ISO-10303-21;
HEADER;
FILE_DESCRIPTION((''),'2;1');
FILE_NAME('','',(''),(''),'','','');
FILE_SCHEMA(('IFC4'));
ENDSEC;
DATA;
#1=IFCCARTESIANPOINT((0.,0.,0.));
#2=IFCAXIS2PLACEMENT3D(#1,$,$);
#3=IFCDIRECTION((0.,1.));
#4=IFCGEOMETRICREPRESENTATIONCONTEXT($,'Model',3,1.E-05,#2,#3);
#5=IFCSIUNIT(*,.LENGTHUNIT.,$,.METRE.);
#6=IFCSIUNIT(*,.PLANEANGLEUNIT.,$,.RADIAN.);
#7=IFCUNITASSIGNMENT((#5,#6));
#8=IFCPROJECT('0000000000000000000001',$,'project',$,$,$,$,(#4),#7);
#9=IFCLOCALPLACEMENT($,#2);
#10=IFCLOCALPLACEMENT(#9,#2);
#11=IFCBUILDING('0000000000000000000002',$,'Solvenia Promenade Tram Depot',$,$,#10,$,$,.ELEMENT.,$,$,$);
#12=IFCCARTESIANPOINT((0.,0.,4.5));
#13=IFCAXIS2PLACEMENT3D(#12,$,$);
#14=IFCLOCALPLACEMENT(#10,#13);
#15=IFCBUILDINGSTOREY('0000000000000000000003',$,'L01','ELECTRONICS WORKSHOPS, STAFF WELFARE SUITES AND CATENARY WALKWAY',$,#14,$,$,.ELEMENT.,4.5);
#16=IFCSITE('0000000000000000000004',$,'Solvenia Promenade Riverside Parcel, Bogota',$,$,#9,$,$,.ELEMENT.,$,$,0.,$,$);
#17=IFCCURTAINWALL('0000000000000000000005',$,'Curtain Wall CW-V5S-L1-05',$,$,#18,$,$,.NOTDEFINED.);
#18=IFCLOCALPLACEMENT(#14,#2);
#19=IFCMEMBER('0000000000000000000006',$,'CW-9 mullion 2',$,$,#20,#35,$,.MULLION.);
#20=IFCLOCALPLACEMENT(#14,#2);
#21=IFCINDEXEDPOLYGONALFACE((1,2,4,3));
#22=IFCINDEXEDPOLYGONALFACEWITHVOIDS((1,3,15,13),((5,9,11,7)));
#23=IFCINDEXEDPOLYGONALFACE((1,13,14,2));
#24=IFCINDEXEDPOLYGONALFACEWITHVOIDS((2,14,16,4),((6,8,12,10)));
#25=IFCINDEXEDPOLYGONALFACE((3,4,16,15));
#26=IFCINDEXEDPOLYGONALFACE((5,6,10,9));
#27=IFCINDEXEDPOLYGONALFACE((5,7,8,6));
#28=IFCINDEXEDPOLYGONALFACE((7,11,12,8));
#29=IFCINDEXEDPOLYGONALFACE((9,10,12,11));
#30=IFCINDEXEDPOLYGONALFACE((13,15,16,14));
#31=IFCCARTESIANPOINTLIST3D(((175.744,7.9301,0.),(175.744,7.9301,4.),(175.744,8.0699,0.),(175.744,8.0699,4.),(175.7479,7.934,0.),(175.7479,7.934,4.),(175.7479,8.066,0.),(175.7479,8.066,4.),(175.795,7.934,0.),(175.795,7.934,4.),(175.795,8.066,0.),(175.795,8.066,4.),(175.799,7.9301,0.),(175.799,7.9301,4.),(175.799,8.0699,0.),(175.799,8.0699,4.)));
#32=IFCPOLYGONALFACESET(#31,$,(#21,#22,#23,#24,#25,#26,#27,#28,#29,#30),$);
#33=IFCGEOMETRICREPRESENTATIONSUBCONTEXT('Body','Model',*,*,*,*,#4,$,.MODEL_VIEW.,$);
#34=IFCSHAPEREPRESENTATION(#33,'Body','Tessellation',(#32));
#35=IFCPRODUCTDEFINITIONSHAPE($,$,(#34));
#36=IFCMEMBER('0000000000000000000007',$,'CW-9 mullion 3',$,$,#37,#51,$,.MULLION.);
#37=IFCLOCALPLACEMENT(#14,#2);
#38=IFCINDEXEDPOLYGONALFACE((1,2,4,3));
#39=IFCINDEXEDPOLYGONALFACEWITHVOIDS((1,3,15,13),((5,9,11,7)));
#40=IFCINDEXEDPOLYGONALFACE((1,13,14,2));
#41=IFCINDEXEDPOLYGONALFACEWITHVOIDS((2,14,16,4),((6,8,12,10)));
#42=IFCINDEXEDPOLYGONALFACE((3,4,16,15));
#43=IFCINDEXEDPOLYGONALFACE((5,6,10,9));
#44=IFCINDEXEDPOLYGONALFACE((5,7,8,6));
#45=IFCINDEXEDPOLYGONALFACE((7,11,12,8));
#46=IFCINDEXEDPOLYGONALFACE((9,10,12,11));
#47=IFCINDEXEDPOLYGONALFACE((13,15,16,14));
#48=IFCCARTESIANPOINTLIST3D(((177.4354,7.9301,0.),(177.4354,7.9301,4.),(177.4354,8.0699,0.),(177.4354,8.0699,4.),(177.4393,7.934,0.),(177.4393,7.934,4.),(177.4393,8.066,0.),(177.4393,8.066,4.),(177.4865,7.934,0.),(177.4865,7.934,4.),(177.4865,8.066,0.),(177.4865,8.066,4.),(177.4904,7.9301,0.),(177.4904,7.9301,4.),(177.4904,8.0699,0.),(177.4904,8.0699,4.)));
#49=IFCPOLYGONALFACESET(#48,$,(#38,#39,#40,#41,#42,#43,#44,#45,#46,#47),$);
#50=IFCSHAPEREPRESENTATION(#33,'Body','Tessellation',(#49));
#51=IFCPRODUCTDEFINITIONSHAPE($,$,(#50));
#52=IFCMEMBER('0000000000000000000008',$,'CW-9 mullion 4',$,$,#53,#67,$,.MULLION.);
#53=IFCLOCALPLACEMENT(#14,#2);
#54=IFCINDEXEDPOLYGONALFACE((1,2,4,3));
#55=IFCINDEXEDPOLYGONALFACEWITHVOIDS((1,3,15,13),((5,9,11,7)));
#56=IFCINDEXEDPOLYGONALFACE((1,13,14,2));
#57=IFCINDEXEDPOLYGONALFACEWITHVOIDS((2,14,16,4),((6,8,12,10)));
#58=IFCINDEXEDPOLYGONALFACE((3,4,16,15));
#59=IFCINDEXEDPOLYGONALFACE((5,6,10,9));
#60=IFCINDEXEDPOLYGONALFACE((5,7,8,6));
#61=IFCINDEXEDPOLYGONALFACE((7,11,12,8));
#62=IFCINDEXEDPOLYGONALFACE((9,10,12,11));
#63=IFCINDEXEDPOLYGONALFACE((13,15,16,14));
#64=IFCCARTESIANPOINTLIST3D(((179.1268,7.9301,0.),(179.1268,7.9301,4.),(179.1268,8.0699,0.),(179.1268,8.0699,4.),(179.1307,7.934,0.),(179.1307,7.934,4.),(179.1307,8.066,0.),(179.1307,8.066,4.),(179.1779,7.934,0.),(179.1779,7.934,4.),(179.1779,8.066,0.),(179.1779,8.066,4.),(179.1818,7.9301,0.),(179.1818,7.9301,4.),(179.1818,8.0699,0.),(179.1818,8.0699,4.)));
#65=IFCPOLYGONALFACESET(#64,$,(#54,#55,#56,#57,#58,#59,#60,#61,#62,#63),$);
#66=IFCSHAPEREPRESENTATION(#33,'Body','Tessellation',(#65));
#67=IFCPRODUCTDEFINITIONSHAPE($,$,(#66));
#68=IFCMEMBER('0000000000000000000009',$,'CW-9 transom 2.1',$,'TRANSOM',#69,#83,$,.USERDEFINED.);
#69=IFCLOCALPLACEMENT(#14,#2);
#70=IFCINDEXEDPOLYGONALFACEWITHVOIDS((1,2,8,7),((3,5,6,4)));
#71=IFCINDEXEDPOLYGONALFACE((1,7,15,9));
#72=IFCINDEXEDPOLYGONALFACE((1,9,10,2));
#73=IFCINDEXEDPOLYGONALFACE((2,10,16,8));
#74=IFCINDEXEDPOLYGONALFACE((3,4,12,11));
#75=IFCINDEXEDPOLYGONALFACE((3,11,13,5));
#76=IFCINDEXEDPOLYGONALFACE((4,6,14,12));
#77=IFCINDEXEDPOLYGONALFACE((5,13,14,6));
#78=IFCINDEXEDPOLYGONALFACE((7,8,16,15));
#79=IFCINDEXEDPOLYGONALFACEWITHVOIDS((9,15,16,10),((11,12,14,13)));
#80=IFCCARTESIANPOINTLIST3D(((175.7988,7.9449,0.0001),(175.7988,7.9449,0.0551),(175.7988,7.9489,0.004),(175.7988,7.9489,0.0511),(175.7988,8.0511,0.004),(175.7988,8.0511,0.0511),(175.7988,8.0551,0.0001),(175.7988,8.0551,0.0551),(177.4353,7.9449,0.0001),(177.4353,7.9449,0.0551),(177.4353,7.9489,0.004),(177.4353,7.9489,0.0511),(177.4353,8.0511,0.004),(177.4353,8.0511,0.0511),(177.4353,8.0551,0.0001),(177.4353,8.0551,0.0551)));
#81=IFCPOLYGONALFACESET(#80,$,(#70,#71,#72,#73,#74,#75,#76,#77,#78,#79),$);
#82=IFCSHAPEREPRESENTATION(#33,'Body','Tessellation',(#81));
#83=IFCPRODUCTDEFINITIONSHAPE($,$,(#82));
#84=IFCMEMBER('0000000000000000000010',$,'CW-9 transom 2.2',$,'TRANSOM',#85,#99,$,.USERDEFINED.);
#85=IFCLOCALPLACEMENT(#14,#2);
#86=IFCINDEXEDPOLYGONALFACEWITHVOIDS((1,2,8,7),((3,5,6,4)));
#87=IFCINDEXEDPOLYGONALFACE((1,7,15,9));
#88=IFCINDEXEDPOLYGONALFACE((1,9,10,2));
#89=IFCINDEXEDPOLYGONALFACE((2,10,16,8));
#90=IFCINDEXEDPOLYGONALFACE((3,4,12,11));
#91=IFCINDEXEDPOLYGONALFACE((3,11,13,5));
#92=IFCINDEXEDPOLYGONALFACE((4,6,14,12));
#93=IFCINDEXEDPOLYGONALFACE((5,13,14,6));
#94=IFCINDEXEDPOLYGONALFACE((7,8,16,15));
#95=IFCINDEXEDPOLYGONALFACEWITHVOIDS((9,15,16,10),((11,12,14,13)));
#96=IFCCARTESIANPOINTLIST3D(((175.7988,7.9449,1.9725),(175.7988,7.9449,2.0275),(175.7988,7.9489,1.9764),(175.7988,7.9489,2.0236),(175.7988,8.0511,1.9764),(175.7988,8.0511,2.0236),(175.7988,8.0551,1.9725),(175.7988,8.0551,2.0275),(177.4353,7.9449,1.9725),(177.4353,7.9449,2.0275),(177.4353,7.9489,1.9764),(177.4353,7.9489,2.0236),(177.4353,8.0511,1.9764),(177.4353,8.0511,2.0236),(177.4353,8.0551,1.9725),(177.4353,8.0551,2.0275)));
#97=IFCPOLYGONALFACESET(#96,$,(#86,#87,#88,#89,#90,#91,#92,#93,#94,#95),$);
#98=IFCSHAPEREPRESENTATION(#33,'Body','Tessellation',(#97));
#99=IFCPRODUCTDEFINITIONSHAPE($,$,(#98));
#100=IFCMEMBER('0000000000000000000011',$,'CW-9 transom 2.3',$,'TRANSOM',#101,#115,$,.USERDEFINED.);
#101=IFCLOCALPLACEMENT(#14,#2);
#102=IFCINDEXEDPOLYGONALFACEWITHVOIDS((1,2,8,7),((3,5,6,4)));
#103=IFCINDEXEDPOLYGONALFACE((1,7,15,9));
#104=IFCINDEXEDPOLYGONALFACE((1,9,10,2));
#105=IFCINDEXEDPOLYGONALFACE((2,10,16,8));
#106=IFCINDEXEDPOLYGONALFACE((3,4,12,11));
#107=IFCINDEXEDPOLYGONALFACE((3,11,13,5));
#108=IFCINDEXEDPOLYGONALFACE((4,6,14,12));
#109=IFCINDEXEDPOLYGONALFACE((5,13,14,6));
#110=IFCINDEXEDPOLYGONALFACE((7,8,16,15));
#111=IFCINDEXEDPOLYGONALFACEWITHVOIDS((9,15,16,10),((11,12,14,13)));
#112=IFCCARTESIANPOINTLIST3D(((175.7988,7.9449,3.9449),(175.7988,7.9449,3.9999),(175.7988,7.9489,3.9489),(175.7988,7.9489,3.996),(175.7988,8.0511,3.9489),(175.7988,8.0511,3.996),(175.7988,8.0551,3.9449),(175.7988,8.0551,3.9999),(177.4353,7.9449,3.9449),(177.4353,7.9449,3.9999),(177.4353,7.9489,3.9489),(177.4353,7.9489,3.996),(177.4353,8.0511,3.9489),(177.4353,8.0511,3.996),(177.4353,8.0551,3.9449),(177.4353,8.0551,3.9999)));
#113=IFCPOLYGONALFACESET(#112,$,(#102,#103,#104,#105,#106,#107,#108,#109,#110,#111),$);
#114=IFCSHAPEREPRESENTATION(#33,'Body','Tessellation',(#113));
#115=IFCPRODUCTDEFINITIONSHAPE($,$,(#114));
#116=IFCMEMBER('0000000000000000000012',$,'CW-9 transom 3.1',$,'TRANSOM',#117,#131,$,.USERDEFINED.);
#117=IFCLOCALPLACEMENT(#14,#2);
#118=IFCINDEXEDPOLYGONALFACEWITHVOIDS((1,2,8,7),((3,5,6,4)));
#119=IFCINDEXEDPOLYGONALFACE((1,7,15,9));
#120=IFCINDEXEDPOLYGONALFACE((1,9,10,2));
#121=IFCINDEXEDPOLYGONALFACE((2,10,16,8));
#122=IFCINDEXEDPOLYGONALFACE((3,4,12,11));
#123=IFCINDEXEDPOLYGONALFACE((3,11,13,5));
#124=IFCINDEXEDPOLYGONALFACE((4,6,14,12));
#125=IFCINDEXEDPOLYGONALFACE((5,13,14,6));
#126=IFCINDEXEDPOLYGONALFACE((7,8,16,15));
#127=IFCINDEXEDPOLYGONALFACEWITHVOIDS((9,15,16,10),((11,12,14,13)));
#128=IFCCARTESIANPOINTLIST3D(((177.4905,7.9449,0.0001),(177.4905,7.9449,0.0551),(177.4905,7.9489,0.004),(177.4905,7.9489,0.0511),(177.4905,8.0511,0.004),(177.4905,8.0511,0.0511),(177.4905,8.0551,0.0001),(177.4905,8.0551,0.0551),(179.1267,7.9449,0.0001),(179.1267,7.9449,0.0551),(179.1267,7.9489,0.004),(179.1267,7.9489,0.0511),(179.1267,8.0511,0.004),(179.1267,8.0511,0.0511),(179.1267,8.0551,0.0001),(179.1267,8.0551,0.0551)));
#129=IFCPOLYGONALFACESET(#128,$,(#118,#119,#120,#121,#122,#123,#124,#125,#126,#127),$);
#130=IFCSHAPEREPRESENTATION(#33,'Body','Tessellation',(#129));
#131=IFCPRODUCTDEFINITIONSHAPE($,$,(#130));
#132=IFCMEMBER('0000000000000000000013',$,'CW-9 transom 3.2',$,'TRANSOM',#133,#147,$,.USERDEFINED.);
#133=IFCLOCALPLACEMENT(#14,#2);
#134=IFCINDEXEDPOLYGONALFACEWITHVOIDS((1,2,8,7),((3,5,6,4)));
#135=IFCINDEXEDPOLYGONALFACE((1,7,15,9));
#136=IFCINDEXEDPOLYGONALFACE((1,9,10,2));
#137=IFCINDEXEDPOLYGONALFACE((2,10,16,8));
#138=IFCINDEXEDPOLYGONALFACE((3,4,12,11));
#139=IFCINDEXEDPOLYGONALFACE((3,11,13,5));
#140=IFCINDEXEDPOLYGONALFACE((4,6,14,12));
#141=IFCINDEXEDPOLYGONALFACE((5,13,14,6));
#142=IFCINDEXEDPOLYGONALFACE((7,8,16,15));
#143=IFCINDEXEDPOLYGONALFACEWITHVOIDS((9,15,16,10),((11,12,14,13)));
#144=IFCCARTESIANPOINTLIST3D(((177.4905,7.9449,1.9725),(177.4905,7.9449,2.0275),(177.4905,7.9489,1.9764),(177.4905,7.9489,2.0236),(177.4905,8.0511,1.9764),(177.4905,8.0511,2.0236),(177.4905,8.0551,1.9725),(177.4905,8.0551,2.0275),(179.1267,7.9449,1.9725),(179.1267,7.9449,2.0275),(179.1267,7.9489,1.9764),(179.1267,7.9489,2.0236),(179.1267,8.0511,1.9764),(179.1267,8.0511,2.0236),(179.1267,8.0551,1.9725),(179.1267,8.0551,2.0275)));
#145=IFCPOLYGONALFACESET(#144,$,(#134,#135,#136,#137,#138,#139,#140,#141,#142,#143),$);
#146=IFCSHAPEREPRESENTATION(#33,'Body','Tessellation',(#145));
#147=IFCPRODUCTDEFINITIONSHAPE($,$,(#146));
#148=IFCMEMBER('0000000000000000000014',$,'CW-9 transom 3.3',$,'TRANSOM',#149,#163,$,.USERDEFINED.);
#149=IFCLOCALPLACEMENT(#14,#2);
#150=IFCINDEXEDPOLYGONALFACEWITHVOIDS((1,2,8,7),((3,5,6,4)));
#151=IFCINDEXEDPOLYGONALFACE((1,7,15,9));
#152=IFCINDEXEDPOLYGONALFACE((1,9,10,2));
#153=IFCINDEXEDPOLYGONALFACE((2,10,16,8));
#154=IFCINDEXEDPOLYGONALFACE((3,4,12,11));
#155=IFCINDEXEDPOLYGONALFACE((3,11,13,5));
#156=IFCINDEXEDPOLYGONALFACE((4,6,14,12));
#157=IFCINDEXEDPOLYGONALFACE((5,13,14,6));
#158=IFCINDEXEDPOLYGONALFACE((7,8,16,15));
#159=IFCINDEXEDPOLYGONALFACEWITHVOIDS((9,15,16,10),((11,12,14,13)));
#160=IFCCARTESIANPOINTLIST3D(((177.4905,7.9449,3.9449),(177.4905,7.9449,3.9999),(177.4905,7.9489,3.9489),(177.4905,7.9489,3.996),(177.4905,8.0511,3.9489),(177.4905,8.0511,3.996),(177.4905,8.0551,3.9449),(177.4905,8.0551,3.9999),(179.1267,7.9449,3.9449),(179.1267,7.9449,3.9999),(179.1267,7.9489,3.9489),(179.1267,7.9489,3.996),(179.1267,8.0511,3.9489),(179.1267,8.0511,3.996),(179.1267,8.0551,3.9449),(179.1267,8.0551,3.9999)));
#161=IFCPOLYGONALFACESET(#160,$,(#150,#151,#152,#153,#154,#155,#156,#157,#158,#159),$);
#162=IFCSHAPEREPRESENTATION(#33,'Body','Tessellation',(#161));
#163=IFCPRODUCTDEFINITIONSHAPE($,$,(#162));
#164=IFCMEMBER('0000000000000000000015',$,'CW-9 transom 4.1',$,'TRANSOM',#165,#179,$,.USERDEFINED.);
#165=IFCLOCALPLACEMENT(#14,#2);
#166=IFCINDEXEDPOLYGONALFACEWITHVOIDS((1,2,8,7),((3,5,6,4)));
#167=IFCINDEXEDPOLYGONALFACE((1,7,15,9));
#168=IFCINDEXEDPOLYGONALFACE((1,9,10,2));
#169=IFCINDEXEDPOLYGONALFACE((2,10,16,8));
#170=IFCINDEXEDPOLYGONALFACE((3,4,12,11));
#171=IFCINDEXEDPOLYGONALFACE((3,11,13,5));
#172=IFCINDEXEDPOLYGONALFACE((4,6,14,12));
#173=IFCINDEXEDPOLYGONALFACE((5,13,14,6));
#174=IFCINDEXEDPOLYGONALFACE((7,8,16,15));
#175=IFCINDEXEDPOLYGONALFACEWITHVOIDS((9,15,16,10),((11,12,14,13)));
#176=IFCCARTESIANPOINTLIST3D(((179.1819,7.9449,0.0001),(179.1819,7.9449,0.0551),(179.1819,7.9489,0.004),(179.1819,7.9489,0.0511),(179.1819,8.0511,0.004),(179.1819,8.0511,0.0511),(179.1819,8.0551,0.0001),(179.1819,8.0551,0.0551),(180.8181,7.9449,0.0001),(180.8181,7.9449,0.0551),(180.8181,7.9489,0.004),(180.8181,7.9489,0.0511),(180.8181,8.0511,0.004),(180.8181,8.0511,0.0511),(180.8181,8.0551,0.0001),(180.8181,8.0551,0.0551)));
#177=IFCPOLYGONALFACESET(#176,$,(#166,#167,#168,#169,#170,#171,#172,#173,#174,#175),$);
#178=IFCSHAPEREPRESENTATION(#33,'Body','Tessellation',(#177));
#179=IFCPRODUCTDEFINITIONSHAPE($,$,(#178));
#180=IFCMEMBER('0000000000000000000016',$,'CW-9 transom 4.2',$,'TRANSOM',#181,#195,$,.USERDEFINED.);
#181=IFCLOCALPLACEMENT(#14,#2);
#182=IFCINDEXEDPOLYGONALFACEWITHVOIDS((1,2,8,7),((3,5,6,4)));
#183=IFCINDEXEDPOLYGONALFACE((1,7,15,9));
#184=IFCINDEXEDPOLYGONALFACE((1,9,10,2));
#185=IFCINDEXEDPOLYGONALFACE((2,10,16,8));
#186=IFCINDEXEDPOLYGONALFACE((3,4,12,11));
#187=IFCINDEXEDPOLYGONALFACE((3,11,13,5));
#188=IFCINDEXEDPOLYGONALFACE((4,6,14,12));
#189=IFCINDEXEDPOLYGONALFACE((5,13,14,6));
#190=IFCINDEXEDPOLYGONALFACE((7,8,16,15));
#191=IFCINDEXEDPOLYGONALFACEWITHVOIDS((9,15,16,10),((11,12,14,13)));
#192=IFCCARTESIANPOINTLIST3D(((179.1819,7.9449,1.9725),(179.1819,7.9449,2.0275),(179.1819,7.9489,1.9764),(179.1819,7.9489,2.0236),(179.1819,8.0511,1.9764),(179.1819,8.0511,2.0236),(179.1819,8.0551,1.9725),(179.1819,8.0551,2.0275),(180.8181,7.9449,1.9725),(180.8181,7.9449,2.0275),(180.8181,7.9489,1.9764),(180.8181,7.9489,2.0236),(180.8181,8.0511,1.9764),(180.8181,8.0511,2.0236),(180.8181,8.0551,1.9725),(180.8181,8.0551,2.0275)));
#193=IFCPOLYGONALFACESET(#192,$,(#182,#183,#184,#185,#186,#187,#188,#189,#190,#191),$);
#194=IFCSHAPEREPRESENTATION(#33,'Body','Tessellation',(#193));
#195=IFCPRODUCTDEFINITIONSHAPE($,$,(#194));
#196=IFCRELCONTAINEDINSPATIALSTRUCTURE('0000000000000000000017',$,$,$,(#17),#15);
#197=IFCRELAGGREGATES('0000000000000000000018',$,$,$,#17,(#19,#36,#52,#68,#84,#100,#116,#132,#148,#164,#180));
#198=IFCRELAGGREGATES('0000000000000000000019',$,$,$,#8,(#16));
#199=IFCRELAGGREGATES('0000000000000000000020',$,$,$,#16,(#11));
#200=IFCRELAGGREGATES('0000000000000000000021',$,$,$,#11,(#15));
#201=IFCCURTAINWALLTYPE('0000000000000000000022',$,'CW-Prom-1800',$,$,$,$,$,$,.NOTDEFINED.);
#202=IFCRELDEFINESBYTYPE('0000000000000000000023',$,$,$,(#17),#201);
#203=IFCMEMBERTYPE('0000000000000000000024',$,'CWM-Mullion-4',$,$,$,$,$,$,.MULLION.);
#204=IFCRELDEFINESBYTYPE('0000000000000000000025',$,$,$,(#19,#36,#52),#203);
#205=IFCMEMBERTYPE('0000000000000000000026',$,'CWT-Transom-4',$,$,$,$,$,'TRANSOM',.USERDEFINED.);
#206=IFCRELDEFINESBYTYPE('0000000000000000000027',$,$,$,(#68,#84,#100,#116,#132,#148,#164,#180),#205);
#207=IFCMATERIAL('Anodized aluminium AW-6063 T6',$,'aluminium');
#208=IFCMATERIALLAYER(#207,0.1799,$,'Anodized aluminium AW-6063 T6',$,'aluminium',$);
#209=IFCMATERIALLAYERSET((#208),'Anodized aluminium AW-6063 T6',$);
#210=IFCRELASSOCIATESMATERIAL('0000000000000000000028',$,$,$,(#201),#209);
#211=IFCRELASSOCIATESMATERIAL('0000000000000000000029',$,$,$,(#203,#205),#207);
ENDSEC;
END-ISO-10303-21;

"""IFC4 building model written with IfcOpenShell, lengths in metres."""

from ifc_helpers import new_model, si_unit, direction, frame, origin, origin_2d, place, context, subcontext, project, spatial, hollow_rectangle, extrude, material, layer, layer_set, material_profile, profile_set, type_object, element, aggregate, save


model = new_model("IFC4")

# Units and contexts
model_context = context("Model", 3, precision=1e-05, world=origin(), true_north=direction((0.0, 1.0)))
body_context = subcontext(model_context, "Body", "Model", "MODEL_VIEW")
ifc_project = project(units=[si_unit("LENGTHUNIT", "METRE"), si_unit("PLANEANGLEUNIT", "RADIAN")], contexts=[model_context])

# Site, building, storey
site_placement = place(None, origin())
site = spatial("IfcSite", under=ifc_project, at=site_placement, Name="Solvenia Promenade Riverside Parcel, Bogota", CompositionType="ELEMENT", RefElevation=0.0)
building_placement = place(site_placement, origin())
building = spatial("IfcBuilding", under=site, at=building_placement, Name="Solvenia Promenade Tram Depot", CompositionType="ELEMENT")
storey_placement = place(building_placement, frame((0.0, 0.0, 4.5)))
storey = spatial("IfcBuildingStorey", under=building, at=storey_placement, Name="L01", Description="ELECTRONICS WORKSHOPS, STAFF WELFARE SUITES AND CATENARY WALKWAY", CompositionType="ELEMENT", Elevation=4.5)

# Curtain wall, members
ifc_material_1 = material(Name="Anodized aluminium AW-6063 T6", Category="aluminium")
ifc_layer_1 = layer(ifc_material_1, 0.1799, Name="Anodized aluminium AW-6063 T6", Category="aluminium")
ifc_layer_set_1 = layer_set([ifc_layer_1], Name="Anodized aluminium AW-6063 T6")
curtain_wall_type = type_object("IfcCurtainWallType", Name="CW-Prom-1800", PredefinedType="NOTDEFINED", material=ifc_layer_set_1)
curtain_wall_placement = place(storey_placement, origin())
curtain_wall = element("IfcCurtainWall", 1, at=curtain_wall_placement, inside=storey, type_object=curtain_wall_type, Name="Curtain Wall CW-V5S-L1-05", PredefinedType="NOTDEFINED")
ifc_material_profile_1 = material_profile(ifc_material_1, hollow_rectangle(XDim=0.1399, YDim=0.0549, WallThickness=0.0039, at=origin_2d()), Name="ALU-M4", Category="aluminium")
ifc_profile_set_1 = profile_set([ifc_material_profile_1], Name="Anodized aluminium AW-6063 T6")
member_type_1 = type_object("IfcMemberType", Name="CWM-Mullion-4", PredefinedType="MULLION", material=ifc_profile_set_1)
member_1_placement = place(storey_placement, frame((175.7715, 8.0, 0.0), z_axis=(0.0, 0.0, 1.0), x_axis=(0.0, 1.0, 0.0)))
member_1 = element("IfcMember", 2, at=member_1_placement, type_object=member_type_1, Name="CW-9 mullion 2", PredefinedType="MULLION", context=body_context, shape_type="SweptSolid", body=[
    extrude(hollow_rectangle(XDim=0.1399, YDim=0.0549, WallThickness=0.0039, at=origin_2d()), origin(), (0.0, 0.0, 1.0), 4.0),
])
member_2_placement = place(storey_placement, frame((177.4629, 8.0, 0.0), z_axis=(0.0, 0.0, 1.0), x_axis=(0.0, 1.0, 0.0)))
member_2 = element("IfcMember", 3, at=member_2_placement, type_object=member_type_1, Name="CW-9 mullion 3", PredefinedType="MULLION", context=body_context, shape_type="SweptSolid", body=[
    extrude(hollow_rectangle(XDim=0.1399, YDim=0.0549, WallThickness=0.0039, at=origin_2d()), origin(), (0.0, 0.0, 1.0), 4.0),
])
member_3_placement = place(storey_placement, frame((179.1543, 8.0, 0.0), z_axis=(0.0, 0.0, 1.0), x_axis=(0.0, 1.0, 0.0)))
member_3 = element("IfcMember", 4, at=member_3_placement, type_object=member_type_1, Name="CW-9 mullion 4", PredefinedType="MULLION", context=body_context, shape_type="SweptSolid", body=[
    extrude(hollow_rectangle(XDim=0.1399, YDim=0.0549, WallThickness=0.0039, at=origin_2d()), origin(), (0.0, 0.0, 1.0), 4.0),
])
ifc_material_profile_2 = material_profile(ifc_material_1, hollow_rectangle(XDim=0.1101, YDim=0.0549, WallThickness=0.0039, at=origin_2d()), Name="ALU-T4", Category="aluminium")
ifc_profile_set_2 = profile_set([ifc_material_profile_2], Name="Anodized aluminium AW-6063 T6")
member_type_2 = type_object("IfcMemberType", Name="CWT-Transom-4", ElementType="TRANSOM", PredefinedType="USERDEFINED", material=ifc_profile_set_2)
member_4_placement = place(storey_placement, frame((175.7988, 8.0, 0.0276), z_axis=(1.0, 0.0, 0.0), x_axis=(0.0, 1.0, 0.0)))
member_4 = element("IfcMember", 5, at=member_4_placement, type_object=member_type_2, Name="CW-9 transom 2.1", ObjectType="TRANSOM", PredefinedType="USERDEFINED", context=body_context, shape_type="SweptSolid", body=[
    extrude(hollow_rectangle(XDim=0.1101, YDim=0.0549, WallThickness=0.0039, at=origin_2d()), origin(), (0.0, 0.0, 1.0), 1.6365),
])
member_5_placement = place(storey_placement, frame((175.7988, 8.0, 2.0), z_axis=(1.0, 0.0, 0.0), x_axis=(0.0, 1.0, 0.0)))
member_5 = element("IfcMember", 6, at=member_5_placement, type_object=member_type_2, Name="CW-9 transom 2.2", ObjectType="TRANSOM", PredefinedType="USERDEFINED", context=body_context, shape_type="SweptSolid", body=[
    extrude(hollow_rectangle(XDim=0.1101, YDim=0.0549, WallThickness=0.0039, at=origin_2d()), origin(), (0.0, 0.0, 1.0), 1.6365),
])
member_6_placement = place(storey_placement, frame((175.7988, 8.0, 3.9724), z_axis=(1.0, 0.0, 0.0), x_axis=(0.0, 1.0, 0.0)))
member_6 = element("IfcMember", 7, at=member_6_placement, type_object=member_type_2, Name="CW-9 transom 2.3", ObjectType="TRANSOM", PredefinedType="USERDEFINED", context=body_context, shape_type="SweptSolid", body=[
    extrude(hollow_rectangle(XDim=0.1101, YDim=0.0549, WallThickness=0.0039, at=origin_2d()), origin(), (0.0, 0.0, 1.0), 1.6365),
])
member_7_placement = place(storey_placement, frame((177.4905, 8.0, 0.0276), z_axis=(1.0, 0.0, 0.0), x_axis=(0.0, 1.0, 0.0)))
member_7 = element("IfcMember", 8, at=member_7_placement, type_object=member_type_2, Name="CW-9 transom 3.1", ObjectType="TRANSOM", PredefinedType="USERDEFINED", context=body_context, shape_type="SweptSolid", body=[
    extrude(hollow_rectangle(XDim=0.1101, YDim=0.0549, WallThickness=0.0039, at=origin_2d()), origin(), (0.0, 0.0, 1.0), 1.6362),
])
member_8_placement = place(storey_placement, frame((177.4905, 8.0, 2.0), z_axis=(1.0, 0.0, 0.0), x_axis=(0.0, 1.0, 0.0)))
member_8 = element("IfcMember", 9, at=member_8_placement, type_object=member_type_2, Name="CW-9 transom 3.2", ObjectType="TRANSOM", PredefinedType="USERDEFINED", context=body_context, shape_type="SweptSolid", body=[
    extrude(hollow_rectangle(XDim=0.1101, YDim=0.0549, WallThickness=0.0039, at=origin_2d()), origin(), (0.0, 0.0, 1.0), 1.6362),
])
member_9_placement = place(storey_placement, frame((177.4905, 8.0, 3.9724), z_axis=(1.0, 0.0, 0.0), x_axis=(0.0, 1.0, 0.0)))
member_9 = element("IfcMember", 10, at=member_9_placement, type_object=member_type_2, Name="CW-9 transom 3.3", ObjectType="TRANSOM", PredefinedType="USERDEFINED", context=body_context, shape_type="SweptSolid", body=[
    extrude(hollow_rectangle(XDim=0.1101, YDim=0.0549, WallThickness=0.0039, at=origin_2d()), origin(), (0.0, 0.0, 1.0), 1.6362),
])
member_10_placement = place(storey_placement, frame((179.1819, 8.0, 0.0276), z_axis=(1.0, 0.0, 0.0), x_axis=(0.0, 1.0, 0.0)))
member_10 = element("IfcMember", 11, at=member_10_placement, type_object=member_type_2, Name="CW-9 transom 4.1", ObjectType="TRANSOM", PredefinedType="USERDEFINED", context=body_context, shape_type="SweptSolid", body=[
    extrude(hollow_rectangle(XDim=0.1101, YDim=0.0549, WallThickness=0.0039, at=origin_2d()), origin(), (0.0, 0.0, 1.0), 1.6362),
])
member_11_placement = place(storey_placement, frame((179.1819, 8.0, 2.0), z_axis=(1.0, 0.0, 0.0), x_axis=(0.0, 1.0, 0.0)))
member_11 = element("IfcMember", 12, at=member_11_placement, type_object=member_type_2, Name="CW-9 transom 4.2", ObjectType="TRANSOM", PredefinedType="USERDEFINED", context=body_context, shape_type="SweptSolid", body=[
    extrude(hollow_rectangle(XDim=0.1101, YDim=0.0549, WallThickness=0.0039, at=origin_2d()), origin(), (0.0, 0.0, 1.0), 1.6362),
])

aggregate(curtain_wall, [member_1, member_2, member_3, member_4, member_5, member_6, member_7, member_8, member_9, member_10, member_11])

save(model, "model.ifc")
